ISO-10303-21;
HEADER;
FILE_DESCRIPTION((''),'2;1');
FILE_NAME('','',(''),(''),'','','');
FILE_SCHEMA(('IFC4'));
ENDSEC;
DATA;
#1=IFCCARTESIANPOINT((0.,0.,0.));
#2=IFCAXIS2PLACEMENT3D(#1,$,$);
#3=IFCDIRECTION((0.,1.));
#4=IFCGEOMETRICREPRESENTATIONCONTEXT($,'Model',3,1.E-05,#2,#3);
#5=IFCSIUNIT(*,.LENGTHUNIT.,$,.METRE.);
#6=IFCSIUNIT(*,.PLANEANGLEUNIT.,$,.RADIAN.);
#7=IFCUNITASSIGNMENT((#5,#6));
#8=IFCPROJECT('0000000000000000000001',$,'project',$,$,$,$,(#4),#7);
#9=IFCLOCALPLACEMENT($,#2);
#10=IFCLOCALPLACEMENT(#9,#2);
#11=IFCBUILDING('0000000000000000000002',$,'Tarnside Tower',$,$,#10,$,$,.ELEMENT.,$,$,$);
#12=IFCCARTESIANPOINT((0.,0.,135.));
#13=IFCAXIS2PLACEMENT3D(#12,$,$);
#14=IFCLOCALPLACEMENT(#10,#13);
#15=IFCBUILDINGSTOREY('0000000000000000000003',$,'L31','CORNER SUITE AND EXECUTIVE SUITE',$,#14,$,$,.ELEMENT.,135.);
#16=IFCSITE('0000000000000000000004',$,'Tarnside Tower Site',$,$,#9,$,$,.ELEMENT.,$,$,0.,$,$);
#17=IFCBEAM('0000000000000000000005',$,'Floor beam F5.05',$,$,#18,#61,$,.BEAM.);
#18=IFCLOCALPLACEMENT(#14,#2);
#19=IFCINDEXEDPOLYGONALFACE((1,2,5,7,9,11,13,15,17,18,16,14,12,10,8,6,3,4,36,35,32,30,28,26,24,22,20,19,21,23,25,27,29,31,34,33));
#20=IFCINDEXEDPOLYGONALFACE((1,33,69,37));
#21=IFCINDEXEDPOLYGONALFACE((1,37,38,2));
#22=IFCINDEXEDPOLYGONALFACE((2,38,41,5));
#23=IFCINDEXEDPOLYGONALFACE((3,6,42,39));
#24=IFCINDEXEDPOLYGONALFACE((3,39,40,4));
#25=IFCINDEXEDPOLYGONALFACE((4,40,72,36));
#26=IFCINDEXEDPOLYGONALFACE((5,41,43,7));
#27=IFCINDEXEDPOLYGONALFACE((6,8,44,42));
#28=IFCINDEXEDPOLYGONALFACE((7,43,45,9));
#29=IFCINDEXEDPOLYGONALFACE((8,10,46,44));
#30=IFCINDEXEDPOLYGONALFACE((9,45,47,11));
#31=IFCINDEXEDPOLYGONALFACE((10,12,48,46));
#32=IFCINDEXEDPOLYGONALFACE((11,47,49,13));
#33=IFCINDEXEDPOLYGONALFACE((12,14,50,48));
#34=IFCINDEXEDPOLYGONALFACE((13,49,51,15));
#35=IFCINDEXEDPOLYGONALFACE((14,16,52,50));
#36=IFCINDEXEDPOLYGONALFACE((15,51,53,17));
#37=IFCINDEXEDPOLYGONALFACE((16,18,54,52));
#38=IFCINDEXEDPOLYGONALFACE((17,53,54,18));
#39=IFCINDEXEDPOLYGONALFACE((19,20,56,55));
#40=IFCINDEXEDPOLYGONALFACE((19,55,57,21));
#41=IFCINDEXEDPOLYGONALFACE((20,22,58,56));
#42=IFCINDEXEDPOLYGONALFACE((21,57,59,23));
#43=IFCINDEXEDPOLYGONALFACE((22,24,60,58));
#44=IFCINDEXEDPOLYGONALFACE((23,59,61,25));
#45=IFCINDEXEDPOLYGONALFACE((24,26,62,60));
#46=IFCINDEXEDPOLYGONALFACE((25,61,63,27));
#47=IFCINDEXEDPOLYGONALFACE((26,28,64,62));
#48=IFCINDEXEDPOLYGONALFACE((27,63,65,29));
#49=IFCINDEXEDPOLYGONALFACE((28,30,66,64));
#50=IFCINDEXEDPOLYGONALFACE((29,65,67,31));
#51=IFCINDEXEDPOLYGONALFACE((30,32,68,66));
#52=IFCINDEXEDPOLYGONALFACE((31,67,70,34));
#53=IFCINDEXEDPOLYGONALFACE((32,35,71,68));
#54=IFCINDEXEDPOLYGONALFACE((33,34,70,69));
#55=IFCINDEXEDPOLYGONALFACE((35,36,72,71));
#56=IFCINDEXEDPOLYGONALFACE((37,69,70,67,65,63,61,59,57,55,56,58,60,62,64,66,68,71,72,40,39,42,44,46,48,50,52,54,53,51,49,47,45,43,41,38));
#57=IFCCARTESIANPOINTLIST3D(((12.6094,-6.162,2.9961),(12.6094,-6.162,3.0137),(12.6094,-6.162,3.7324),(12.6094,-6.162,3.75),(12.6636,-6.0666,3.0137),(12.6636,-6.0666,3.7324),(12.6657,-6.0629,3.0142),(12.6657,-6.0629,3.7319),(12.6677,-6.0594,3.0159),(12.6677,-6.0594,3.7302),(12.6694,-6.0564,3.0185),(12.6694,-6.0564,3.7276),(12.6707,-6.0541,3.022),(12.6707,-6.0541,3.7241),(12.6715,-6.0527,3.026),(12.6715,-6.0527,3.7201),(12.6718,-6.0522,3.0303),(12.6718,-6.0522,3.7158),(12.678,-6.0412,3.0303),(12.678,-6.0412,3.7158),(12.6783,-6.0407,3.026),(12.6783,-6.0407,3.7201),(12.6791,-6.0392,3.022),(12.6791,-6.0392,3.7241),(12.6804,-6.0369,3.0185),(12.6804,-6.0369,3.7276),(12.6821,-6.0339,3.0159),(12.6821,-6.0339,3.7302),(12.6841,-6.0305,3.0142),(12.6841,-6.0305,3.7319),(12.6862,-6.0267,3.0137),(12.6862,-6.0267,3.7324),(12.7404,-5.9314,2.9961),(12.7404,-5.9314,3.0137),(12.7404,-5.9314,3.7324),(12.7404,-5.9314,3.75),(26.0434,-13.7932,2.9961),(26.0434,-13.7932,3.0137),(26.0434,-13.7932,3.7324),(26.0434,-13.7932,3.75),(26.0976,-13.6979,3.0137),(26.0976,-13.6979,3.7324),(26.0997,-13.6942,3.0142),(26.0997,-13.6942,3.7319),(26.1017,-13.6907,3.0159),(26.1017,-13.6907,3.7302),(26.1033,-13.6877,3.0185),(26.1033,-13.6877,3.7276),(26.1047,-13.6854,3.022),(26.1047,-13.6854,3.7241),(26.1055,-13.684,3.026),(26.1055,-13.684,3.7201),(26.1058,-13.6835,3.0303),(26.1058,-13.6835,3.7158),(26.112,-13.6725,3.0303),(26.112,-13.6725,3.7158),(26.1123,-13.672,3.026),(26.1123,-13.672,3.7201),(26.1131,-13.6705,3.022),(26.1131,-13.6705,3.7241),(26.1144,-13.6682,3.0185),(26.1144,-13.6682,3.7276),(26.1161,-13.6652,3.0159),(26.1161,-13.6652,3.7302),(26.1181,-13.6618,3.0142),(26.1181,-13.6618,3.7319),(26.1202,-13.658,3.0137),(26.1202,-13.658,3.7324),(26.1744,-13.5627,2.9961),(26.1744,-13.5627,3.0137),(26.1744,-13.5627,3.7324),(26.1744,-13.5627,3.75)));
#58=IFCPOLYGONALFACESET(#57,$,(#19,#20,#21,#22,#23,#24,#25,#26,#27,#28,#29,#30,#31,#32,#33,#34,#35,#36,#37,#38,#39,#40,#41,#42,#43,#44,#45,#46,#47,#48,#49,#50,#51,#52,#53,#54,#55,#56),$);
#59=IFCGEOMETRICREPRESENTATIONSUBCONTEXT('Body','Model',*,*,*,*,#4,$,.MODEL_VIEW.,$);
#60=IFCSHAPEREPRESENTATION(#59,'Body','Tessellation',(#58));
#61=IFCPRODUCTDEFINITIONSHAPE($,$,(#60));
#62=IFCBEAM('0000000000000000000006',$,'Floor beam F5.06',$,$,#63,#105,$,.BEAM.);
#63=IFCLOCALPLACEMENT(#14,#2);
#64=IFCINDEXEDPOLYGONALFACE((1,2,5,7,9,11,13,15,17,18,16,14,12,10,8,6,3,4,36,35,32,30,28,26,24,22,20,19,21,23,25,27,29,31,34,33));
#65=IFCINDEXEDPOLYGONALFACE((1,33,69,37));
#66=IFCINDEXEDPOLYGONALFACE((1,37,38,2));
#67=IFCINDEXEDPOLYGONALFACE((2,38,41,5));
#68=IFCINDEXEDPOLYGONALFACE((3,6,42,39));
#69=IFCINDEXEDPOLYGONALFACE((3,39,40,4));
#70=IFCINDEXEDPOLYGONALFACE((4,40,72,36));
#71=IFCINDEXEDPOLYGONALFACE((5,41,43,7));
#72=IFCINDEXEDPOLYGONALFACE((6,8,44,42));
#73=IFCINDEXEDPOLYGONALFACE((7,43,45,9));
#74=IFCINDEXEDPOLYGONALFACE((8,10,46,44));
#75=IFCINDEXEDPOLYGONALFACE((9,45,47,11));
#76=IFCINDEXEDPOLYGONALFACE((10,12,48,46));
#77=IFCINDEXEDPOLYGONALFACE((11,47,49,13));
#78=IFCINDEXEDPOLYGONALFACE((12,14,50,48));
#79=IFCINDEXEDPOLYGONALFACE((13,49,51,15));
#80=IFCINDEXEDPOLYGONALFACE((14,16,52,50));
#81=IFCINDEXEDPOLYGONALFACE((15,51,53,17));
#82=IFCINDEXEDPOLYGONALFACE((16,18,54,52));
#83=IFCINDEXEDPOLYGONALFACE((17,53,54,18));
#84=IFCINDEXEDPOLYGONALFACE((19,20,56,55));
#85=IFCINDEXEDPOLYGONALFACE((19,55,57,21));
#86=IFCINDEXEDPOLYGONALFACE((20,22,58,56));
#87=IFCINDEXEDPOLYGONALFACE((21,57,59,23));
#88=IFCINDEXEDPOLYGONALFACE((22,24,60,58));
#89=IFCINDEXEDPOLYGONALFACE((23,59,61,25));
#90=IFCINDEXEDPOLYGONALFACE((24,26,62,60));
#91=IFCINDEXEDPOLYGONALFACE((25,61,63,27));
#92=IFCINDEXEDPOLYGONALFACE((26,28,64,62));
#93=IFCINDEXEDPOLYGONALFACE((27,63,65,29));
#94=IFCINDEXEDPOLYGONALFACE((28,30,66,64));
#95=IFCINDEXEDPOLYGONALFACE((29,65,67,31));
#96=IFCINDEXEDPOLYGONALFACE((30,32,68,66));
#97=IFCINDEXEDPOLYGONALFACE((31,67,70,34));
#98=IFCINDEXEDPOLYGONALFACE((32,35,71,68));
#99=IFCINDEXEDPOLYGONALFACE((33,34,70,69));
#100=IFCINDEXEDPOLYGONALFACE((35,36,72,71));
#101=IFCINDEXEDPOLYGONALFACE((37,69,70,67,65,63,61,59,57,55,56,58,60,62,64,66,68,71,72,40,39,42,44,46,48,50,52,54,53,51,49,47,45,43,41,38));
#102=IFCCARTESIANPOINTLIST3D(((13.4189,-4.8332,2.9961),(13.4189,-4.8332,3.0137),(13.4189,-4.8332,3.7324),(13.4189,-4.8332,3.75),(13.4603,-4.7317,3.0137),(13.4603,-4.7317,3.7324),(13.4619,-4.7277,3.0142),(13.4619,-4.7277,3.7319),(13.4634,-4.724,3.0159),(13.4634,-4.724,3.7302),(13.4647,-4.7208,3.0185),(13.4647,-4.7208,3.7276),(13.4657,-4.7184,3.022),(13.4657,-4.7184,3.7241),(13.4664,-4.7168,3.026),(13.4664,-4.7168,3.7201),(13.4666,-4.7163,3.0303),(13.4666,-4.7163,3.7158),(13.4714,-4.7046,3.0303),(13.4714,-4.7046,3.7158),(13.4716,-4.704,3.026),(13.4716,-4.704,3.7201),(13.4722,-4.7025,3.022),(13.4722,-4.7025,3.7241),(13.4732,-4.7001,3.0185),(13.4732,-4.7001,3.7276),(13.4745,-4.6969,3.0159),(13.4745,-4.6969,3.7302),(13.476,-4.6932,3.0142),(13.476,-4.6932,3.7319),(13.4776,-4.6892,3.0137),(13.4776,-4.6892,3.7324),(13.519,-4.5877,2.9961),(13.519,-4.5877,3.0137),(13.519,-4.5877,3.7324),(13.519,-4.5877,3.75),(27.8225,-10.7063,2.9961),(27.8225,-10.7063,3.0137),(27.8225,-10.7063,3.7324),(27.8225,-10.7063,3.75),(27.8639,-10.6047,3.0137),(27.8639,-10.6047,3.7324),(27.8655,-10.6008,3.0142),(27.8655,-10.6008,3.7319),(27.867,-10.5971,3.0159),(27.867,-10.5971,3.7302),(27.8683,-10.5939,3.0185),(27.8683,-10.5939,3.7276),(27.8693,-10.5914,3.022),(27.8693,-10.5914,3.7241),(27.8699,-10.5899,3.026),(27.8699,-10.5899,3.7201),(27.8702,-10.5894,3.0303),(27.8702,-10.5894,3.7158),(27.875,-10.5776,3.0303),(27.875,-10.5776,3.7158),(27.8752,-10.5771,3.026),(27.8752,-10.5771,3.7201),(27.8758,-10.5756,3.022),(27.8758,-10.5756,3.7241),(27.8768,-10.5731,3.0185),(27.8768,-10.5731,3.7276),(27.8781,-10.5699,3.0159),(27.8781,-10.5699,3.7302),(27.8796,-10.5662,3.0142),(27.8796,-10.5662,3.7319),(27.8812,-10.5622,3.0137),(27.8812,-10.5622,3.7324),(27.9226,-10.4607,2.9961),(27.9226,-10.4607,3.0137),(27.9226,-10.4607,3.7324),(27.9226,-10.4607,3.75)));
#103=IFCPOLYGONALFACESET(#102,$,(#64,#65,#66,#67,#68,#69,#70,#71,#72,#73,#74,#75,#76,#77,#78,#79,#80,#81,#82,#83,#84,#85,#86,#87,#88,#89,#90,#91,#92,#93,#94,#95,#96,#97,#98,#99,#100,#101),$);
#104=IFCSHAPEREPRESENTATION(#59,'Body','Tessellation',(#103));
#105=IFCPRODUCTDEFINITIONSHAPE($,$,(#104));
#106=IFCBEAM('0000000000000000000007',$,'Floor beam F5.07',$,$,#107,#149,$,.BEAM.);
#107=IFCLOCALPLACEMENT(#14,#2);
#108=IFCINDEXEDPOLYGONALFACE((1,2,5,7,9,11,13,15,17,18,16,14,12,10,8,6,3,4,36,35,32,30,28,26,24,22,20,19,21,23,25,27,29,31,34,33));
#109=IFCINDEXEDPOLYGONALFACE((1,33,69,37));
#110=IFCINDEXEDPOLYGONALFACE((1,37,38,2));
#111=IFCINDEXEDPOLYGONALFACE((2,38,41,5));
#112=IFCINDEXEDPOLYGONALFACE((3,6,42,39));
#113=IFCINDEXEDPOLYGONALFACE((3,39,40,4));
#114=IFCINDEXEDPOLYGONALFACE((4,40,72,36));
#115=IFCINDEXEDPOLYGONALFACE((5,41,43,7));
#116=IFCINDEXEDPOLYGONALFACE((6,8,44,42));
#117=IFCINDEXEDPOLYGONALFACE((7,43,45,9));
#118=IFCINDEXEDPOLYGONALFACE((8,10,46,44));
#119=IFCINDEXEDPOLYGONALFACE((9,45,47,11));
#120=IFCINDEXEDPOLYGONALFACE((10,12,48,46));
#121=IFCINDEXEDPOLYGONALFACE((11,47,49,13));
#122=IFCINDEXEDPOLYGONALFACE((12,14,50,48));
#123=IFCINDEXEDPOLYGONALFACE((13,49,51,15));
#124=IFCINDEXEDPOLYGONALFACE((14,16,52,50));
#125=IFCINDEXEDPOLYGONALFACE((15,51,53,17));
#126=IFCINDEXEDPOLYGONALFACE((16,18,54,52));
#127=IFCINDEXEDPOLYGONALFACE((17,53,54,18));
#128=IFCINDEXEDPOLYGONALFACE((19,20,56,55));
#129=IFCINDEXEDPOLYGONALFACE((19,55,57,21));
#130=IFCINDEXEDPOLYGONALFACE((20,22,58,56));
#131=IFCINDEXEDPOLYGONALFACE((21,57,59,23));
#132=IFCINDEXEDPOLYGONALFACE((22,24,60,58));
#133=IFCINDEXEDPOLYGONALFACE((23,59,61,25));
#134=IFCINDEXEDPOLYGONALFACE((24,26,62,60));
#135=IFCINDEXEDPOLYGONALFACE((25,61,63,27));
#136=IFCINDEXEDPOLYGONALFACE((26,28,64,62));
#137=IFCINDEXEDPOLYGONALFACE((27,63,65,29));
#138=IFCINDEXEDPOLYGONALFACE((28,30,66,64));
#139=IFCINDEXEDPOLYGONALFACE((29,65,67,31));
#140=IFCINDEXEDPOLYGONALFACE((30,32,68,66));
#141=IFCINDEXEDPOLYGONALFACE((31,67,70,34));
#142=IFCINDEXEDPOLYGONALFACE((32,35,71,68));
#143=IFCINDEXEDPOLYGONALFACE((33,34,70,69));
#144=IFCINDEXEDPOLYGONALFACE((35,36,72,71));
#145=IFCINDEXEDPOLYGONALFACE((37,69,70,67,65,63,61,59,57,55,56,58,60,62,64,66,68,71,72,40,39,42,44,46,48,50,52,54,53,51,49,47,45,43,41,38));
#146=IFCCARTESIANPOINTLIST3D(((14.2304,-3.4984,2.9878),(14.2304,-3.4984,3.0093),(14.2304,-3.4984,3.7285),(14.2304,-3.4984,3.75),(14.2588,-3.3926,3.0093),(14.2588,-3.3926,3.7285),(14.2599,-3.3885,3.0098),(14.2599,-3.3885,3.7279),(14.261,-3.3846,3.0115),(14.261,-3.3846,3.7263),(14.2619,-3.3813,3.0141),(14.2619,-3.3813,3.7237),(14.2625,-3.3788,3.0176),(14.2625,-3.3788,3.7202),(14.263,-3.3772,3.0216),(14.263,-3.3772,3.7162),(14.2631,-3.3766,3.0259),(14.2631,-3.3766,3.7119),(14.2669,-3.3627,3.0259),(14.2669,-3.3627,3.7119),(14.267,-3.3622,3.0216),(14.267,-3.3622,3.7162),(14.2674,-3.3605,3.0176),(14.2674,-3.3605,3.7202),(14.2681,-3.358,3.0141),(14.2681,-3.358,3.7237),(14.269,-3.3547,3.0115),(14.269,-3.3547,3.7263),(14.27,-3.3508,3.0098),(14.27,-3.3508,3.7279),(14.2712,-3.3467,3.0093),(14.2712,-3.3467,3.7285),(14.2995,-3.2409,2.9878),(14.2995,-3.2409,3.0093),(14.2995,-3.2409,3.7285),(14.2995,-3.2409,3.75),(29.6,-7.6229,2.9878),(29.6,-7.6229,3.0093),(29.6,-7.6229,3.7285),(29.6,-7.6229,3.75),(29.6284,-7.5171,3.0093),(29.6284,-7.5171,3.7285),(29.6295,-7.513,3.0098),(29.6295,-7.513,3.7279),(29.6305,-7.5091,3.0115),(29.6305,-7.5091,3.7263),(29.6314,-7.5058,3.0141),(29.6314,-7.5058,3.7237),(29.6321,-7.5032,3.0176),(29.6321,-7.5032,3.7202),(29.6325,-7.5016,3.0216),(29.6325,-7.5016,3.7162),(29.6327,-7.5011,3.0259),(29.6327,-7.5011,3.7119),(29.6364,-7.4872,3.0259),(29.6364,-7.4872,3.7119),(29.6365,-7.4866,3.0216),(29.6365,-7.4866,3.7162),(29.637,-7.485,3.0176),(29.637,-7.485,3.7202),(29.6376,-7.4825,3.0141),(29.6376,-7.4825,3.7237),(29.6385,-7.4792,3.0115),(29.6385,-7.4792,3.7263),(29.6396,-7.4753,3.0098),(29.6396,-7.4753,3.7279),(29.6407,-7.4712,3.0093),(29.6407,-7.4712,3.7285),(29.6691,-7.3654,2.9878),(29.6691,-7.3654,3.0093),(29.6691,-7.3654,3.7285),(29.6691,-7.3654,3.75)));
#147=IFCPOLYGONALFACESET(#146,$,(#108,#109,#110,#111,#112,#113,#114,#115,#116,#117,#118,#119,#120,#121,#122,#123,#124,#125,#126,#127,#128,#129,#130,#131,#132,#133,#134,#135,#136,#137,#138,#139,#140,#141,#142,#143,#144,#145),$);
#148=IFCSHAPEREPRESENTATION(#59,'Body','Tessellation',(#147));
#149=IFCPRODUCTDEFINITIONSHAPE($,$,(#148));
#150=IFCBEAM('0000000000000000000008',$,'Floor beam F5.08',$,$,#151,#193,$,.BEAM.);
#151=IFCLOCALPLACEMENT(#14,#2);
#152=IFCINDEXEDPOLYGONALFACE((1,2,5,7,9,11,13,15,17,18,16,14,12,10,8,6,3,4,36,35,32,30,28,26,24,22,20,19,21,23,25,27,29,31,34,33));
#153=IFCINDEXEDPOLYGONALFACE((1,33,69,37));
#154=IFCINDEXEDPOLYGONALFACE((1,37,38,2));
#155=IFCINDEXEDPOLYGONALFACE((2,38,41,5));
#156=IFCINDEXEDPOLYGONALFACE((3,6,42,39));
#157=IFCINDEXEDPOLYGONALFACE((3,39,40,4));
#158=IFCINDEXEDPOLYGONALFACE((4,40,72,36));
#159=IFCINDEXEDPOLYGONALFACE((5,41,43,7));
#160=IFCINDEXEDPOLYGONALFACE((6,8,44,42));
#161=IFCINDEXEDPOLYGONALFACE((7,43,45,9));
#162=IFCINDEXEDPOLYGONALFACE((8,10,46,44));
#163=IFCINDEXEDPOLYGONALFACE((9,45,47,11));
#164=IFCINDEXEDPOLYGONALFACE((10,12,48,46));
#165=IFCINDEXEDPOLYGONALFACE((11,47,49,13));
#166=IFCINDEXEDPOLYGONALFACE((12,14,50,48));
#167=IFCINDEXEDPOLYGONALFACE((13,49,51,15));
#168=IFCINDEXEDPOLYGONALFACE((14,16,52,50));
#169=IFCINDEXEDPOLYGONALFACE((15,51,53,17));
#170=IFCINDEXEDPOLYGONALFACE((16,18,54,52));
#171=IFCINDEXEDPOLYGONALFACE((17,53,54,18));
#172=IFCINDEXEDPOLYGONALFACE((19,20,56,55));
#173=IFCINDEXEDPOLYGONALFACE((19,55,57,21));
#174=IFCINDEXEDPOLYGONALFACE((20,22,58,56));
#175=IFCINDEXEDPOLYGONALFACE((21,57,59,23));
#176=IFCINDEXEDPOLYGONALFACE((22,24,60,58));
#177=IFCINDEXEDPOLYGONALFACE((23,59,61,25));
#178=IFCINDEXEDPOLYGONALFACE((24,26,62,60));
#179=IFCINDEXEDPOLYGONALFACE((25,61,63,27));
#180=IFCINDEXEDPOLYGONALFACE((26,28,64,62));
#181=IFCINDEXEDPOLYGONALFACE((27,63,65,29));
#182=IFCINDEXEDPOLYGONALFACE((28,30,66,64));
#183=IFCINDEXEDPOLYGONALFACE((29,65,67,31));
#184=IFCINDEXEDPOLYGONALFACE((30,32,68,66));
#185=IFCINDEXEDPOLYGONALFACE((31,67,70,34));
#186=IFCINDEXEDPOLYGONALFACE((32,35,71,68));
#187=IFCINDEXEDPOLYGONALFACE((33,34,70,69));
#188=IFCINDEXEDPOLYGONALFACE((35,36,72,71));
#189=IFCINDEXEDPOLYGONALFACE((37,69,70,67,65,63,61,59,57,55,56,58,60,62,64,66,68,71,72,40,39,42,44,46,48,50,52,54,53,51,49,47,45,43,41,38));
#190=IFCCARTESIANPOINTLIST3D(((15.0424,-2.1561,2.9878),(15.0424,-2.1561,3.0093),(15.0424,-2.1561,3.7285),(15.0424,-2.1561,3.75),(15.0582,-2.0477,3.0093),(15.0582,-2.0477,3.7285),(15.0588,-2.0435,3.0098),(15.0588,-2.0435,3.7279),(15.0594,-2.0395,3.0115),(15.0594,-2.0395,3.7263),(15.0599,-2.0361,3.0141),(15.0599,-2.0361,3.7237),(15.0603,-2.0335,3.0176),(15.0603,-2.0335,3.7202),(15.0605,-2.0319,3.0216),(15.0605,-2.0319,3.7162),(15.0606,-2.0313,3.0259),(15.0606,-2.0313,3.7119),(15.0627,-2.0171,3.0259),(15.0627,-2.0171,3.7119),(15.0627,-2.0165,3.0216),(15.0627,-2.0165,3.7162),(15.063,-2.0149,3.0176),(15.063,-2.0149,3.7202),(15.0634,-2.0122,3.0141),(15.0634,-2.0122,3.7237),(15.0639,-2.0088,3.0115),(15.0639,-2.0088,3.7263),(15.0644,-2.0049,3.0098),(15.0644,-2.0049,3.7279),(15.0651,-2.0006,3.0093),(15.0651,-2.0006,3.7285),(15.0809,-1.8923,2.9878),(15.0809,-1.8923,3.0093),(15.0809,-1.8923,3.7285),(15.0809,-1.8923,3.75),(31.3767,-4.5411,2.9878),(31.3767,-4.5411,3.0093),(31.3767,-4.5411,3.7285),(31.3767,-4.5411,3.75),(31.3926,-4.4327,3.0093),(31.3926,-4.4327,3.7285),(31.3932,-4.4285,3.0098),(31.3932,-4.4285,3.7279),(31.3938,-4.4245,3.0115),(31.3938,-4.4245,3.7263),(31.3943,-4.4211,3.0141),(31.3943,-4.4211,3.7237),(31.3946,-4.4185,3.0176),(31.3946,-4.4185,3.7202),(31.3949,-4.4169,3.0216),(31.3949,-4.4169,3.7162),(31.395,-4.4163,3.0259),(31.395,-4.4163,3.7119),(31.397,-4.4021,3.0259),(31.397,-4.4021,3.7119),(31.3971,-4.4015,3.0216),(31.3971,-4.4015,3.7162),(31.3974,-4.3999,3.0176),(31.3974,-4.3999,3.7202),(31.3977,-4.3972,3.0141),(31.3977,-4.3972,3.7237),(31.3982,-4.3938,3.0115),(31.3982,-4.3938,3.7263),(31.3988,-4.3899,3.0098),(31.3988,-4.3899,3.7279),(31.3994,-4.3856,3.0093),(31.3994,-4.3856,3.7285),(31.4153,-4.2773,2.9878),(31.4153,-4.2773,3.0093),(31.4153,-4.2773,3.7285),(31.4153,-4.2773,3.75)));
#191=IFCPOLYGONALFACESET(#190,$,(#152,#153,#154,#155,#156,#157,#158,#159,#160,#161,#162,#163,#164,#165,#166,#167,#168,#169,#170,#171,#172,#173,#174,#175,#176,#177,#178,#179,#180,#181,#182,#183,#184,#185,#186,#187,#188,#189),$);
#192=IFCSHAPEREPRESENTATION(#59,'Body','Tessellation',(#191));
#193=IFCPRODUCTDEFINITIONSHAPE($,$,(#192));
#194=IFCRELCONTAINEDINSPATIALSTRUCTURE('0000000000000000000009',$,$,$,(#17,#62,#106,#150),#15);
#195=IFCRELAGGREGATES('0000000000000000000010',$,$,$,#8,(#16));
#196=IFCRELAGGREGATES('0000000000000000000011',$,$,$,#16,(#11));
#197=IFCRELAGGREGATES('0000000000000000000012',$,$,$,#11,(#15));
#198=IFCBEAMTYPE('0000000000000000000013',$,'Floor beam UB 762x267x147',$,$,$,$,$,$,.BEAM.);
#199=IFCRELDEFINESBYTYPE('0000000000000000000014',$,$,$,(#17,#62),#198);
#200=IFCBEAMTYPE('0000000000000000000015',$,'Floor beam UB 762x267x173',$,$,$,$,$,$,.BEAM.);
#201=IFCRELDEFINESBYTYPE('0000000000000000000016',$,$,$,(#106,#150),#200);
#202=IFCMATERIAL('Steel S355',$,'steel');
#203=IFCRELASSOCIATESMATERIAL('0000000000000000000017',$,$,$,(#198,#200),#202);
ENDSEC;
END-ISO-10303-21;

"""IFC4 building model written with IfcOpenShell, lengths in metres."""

from ifc_helpers import new_model, si_unit, direction, frame, origin, origin_2d, place, context, subcontext, project, spatial, i_section, extrude, material, material_profile, profile_set, type_object, element, save


model = new_model("IFC4")

# Units and contexts
model_context = context("Model", 3, precision=1e-05, world=origin(), true_north=direction((0.0, 1.0)))
body_context = subcontext(model_context, "Body", "Model", "MODEL_VIEW")
ifc_project = project(units=[si_unit("LENGTHUNIT", "METRE"), si_unit("PLANEANGLEUNIT", "RADIAN")], contexts=[model_context])

# Site, building, storey
site_placement = place(None, origin())
site = spatial("IfcSite", under=ifc_project, at=site_placement, Name="Tarnside Tower Site", CompositionType="ELEMENT", RefElevation=0.0)
building_placement = place(site_placement, origin())
building = spatial("IfcBuilding", under=site, at=building_placement, Name="Tarnside Tower", CompositionType="ELEMENT")
storey_placement = place(building_placement, frame((0.0, 0.0, 135.0)))
storey = spatial("IfcBuildingStorey", under=building, at=storey_placement, Name="L31", Description="CORNER SUITE AND EXECUTIVE SUITE", CompositionType="ELEMENT", Elevation=135.0)

# Beams
ifc_material_1 = material(Name="Steel S355", Category="steel")
ifc_material_profile_1 = material_profile(ifc_material_1, i_section(OverallWidth=0.2651, OverallDepth=0.7539, WebThickness=0.0127, FlangeThickness=0.0176, FilletRadius=0.0166, at=origin_2d()), Name="UB 762x267x147")
ifc_profile_set_1 = profile_set([ifc_material_profile_1], Name="Steel S355")
beam_type_1 = type_object("IfcBeamType", Name="Floor beam UB 762x267x147", PredefinedType="BEAM", material=ifc_profile_set_1)
beam_1_placement = place(storey_placement, frame((26.1089, -13.678, 3.373), z_axis=(-0.869503, 0.493929, 0.0), x_axis=(-0.493929, -0.869503, 0.0)))
element("IfcBeam", 1, at=beam_1_placement, inside=storey, type_object=beam_type_1, Name="Floor beam F5.05", PredefinedType="BEAM", context=body_context, shape_type="SweptSolid", body=[
    extrude(i_section(OverallWidth=0.2651, OverallDepth=0.7539, WebThickness=0.0127, FlangeThickness=0.0176, FilletRadius=0.0166, at=origin_2d()), origin(), (0.0, 0.0, 1.0), 15.4502),
])
beam_2_placement = place(storey_placement, frame((27.8726, -10.5835, 3.373), z_axis=(-0.925982, 0.377569, 0.0), x_axis=(-0.377569, -0.925982, 0.0)))
element("IfcBeam", 2, at=beam_2_placement, inside=storey, type_object=beam_type_1, Name="Floor beam F5.06", PredefinedType="BEAM", context=body_context, shape_type="SweptSolid", body=[
    extrude(i_section(OverallWidth=0.2651, OverallDepth=0.7539, WebThickness=0.0127, FlangeThickness=0.0176, FilletRadius=0.0166, at=origin_2d()), origin(), (0.0, 0.0, 1.0), 15.5549),
])
ifc_material_profile_2 = material_profile(ifc_material_1, i_section(OverallWidth=0.2666, OverallDepth=0.7622, WebThickness=0.0144, FlangeThickness=0.0215, FilletRadius=0.0166, at=origin_2d()), Name="UB 762x267x173")
ifc_profile_set_2 = profile_set([ifc_material_profile_2], Name="Steel S355")
beam_type_2 = type_object("IfcBeamType", Name="Floor beam UB 762x267x173", PredefinedType="BEAM", material=ifc_profile_set_2)
beam_3_placement = place(storey_placement, frame((29.6345, -7.4941, 3.3689), z_axis=(-0.965828, 0.259184, 0.0), x_axis=(-0.259184, -0.965828, 0.0)))
element("IfcBeam", 3, at=beam_3_placement, inside=storey, type_object=beam_type_2, Name="Floor beam F5.07", PredefinedType="BEAM", context=body_context, shape_type="SweptSolid", body=[
    extrude(i_section(OverallWidth=0.2666, OverallDepth=0.7622, WebThickness=0.0144, FlangeThickness=0.0215, FilletRadius=0.0166, at=origin_2d()), origin(), (0.0, 0.0, 1.0), 15.9133),
])
beam_4_placement = place(storey_placement, frame((31.396, -4.4092, 3.3689), z_axis=(-0.989508, 0.144479, 0.0), x_axis=(-0.144479, -0.989508, 0.0)))
element("IfcBeam", 4, at=beam_4_placement, inside=storey, type_object=beam_type_2, Name="Floor beam F5.08", PredefinedType="BEAM", context=body_context, shape_type="SweptSolid", body=[
    extrude(i_section(OverallWidth=0.2666, OverallDepth=0.7622, WebThickness=0.0144, FlangeThickness=0.0215, FilletRadius=0.0166, at=origin_2d()), origin(), (0.0, 0.0, 1.0), 16.5076),
])

save(model, "model.ifc")
